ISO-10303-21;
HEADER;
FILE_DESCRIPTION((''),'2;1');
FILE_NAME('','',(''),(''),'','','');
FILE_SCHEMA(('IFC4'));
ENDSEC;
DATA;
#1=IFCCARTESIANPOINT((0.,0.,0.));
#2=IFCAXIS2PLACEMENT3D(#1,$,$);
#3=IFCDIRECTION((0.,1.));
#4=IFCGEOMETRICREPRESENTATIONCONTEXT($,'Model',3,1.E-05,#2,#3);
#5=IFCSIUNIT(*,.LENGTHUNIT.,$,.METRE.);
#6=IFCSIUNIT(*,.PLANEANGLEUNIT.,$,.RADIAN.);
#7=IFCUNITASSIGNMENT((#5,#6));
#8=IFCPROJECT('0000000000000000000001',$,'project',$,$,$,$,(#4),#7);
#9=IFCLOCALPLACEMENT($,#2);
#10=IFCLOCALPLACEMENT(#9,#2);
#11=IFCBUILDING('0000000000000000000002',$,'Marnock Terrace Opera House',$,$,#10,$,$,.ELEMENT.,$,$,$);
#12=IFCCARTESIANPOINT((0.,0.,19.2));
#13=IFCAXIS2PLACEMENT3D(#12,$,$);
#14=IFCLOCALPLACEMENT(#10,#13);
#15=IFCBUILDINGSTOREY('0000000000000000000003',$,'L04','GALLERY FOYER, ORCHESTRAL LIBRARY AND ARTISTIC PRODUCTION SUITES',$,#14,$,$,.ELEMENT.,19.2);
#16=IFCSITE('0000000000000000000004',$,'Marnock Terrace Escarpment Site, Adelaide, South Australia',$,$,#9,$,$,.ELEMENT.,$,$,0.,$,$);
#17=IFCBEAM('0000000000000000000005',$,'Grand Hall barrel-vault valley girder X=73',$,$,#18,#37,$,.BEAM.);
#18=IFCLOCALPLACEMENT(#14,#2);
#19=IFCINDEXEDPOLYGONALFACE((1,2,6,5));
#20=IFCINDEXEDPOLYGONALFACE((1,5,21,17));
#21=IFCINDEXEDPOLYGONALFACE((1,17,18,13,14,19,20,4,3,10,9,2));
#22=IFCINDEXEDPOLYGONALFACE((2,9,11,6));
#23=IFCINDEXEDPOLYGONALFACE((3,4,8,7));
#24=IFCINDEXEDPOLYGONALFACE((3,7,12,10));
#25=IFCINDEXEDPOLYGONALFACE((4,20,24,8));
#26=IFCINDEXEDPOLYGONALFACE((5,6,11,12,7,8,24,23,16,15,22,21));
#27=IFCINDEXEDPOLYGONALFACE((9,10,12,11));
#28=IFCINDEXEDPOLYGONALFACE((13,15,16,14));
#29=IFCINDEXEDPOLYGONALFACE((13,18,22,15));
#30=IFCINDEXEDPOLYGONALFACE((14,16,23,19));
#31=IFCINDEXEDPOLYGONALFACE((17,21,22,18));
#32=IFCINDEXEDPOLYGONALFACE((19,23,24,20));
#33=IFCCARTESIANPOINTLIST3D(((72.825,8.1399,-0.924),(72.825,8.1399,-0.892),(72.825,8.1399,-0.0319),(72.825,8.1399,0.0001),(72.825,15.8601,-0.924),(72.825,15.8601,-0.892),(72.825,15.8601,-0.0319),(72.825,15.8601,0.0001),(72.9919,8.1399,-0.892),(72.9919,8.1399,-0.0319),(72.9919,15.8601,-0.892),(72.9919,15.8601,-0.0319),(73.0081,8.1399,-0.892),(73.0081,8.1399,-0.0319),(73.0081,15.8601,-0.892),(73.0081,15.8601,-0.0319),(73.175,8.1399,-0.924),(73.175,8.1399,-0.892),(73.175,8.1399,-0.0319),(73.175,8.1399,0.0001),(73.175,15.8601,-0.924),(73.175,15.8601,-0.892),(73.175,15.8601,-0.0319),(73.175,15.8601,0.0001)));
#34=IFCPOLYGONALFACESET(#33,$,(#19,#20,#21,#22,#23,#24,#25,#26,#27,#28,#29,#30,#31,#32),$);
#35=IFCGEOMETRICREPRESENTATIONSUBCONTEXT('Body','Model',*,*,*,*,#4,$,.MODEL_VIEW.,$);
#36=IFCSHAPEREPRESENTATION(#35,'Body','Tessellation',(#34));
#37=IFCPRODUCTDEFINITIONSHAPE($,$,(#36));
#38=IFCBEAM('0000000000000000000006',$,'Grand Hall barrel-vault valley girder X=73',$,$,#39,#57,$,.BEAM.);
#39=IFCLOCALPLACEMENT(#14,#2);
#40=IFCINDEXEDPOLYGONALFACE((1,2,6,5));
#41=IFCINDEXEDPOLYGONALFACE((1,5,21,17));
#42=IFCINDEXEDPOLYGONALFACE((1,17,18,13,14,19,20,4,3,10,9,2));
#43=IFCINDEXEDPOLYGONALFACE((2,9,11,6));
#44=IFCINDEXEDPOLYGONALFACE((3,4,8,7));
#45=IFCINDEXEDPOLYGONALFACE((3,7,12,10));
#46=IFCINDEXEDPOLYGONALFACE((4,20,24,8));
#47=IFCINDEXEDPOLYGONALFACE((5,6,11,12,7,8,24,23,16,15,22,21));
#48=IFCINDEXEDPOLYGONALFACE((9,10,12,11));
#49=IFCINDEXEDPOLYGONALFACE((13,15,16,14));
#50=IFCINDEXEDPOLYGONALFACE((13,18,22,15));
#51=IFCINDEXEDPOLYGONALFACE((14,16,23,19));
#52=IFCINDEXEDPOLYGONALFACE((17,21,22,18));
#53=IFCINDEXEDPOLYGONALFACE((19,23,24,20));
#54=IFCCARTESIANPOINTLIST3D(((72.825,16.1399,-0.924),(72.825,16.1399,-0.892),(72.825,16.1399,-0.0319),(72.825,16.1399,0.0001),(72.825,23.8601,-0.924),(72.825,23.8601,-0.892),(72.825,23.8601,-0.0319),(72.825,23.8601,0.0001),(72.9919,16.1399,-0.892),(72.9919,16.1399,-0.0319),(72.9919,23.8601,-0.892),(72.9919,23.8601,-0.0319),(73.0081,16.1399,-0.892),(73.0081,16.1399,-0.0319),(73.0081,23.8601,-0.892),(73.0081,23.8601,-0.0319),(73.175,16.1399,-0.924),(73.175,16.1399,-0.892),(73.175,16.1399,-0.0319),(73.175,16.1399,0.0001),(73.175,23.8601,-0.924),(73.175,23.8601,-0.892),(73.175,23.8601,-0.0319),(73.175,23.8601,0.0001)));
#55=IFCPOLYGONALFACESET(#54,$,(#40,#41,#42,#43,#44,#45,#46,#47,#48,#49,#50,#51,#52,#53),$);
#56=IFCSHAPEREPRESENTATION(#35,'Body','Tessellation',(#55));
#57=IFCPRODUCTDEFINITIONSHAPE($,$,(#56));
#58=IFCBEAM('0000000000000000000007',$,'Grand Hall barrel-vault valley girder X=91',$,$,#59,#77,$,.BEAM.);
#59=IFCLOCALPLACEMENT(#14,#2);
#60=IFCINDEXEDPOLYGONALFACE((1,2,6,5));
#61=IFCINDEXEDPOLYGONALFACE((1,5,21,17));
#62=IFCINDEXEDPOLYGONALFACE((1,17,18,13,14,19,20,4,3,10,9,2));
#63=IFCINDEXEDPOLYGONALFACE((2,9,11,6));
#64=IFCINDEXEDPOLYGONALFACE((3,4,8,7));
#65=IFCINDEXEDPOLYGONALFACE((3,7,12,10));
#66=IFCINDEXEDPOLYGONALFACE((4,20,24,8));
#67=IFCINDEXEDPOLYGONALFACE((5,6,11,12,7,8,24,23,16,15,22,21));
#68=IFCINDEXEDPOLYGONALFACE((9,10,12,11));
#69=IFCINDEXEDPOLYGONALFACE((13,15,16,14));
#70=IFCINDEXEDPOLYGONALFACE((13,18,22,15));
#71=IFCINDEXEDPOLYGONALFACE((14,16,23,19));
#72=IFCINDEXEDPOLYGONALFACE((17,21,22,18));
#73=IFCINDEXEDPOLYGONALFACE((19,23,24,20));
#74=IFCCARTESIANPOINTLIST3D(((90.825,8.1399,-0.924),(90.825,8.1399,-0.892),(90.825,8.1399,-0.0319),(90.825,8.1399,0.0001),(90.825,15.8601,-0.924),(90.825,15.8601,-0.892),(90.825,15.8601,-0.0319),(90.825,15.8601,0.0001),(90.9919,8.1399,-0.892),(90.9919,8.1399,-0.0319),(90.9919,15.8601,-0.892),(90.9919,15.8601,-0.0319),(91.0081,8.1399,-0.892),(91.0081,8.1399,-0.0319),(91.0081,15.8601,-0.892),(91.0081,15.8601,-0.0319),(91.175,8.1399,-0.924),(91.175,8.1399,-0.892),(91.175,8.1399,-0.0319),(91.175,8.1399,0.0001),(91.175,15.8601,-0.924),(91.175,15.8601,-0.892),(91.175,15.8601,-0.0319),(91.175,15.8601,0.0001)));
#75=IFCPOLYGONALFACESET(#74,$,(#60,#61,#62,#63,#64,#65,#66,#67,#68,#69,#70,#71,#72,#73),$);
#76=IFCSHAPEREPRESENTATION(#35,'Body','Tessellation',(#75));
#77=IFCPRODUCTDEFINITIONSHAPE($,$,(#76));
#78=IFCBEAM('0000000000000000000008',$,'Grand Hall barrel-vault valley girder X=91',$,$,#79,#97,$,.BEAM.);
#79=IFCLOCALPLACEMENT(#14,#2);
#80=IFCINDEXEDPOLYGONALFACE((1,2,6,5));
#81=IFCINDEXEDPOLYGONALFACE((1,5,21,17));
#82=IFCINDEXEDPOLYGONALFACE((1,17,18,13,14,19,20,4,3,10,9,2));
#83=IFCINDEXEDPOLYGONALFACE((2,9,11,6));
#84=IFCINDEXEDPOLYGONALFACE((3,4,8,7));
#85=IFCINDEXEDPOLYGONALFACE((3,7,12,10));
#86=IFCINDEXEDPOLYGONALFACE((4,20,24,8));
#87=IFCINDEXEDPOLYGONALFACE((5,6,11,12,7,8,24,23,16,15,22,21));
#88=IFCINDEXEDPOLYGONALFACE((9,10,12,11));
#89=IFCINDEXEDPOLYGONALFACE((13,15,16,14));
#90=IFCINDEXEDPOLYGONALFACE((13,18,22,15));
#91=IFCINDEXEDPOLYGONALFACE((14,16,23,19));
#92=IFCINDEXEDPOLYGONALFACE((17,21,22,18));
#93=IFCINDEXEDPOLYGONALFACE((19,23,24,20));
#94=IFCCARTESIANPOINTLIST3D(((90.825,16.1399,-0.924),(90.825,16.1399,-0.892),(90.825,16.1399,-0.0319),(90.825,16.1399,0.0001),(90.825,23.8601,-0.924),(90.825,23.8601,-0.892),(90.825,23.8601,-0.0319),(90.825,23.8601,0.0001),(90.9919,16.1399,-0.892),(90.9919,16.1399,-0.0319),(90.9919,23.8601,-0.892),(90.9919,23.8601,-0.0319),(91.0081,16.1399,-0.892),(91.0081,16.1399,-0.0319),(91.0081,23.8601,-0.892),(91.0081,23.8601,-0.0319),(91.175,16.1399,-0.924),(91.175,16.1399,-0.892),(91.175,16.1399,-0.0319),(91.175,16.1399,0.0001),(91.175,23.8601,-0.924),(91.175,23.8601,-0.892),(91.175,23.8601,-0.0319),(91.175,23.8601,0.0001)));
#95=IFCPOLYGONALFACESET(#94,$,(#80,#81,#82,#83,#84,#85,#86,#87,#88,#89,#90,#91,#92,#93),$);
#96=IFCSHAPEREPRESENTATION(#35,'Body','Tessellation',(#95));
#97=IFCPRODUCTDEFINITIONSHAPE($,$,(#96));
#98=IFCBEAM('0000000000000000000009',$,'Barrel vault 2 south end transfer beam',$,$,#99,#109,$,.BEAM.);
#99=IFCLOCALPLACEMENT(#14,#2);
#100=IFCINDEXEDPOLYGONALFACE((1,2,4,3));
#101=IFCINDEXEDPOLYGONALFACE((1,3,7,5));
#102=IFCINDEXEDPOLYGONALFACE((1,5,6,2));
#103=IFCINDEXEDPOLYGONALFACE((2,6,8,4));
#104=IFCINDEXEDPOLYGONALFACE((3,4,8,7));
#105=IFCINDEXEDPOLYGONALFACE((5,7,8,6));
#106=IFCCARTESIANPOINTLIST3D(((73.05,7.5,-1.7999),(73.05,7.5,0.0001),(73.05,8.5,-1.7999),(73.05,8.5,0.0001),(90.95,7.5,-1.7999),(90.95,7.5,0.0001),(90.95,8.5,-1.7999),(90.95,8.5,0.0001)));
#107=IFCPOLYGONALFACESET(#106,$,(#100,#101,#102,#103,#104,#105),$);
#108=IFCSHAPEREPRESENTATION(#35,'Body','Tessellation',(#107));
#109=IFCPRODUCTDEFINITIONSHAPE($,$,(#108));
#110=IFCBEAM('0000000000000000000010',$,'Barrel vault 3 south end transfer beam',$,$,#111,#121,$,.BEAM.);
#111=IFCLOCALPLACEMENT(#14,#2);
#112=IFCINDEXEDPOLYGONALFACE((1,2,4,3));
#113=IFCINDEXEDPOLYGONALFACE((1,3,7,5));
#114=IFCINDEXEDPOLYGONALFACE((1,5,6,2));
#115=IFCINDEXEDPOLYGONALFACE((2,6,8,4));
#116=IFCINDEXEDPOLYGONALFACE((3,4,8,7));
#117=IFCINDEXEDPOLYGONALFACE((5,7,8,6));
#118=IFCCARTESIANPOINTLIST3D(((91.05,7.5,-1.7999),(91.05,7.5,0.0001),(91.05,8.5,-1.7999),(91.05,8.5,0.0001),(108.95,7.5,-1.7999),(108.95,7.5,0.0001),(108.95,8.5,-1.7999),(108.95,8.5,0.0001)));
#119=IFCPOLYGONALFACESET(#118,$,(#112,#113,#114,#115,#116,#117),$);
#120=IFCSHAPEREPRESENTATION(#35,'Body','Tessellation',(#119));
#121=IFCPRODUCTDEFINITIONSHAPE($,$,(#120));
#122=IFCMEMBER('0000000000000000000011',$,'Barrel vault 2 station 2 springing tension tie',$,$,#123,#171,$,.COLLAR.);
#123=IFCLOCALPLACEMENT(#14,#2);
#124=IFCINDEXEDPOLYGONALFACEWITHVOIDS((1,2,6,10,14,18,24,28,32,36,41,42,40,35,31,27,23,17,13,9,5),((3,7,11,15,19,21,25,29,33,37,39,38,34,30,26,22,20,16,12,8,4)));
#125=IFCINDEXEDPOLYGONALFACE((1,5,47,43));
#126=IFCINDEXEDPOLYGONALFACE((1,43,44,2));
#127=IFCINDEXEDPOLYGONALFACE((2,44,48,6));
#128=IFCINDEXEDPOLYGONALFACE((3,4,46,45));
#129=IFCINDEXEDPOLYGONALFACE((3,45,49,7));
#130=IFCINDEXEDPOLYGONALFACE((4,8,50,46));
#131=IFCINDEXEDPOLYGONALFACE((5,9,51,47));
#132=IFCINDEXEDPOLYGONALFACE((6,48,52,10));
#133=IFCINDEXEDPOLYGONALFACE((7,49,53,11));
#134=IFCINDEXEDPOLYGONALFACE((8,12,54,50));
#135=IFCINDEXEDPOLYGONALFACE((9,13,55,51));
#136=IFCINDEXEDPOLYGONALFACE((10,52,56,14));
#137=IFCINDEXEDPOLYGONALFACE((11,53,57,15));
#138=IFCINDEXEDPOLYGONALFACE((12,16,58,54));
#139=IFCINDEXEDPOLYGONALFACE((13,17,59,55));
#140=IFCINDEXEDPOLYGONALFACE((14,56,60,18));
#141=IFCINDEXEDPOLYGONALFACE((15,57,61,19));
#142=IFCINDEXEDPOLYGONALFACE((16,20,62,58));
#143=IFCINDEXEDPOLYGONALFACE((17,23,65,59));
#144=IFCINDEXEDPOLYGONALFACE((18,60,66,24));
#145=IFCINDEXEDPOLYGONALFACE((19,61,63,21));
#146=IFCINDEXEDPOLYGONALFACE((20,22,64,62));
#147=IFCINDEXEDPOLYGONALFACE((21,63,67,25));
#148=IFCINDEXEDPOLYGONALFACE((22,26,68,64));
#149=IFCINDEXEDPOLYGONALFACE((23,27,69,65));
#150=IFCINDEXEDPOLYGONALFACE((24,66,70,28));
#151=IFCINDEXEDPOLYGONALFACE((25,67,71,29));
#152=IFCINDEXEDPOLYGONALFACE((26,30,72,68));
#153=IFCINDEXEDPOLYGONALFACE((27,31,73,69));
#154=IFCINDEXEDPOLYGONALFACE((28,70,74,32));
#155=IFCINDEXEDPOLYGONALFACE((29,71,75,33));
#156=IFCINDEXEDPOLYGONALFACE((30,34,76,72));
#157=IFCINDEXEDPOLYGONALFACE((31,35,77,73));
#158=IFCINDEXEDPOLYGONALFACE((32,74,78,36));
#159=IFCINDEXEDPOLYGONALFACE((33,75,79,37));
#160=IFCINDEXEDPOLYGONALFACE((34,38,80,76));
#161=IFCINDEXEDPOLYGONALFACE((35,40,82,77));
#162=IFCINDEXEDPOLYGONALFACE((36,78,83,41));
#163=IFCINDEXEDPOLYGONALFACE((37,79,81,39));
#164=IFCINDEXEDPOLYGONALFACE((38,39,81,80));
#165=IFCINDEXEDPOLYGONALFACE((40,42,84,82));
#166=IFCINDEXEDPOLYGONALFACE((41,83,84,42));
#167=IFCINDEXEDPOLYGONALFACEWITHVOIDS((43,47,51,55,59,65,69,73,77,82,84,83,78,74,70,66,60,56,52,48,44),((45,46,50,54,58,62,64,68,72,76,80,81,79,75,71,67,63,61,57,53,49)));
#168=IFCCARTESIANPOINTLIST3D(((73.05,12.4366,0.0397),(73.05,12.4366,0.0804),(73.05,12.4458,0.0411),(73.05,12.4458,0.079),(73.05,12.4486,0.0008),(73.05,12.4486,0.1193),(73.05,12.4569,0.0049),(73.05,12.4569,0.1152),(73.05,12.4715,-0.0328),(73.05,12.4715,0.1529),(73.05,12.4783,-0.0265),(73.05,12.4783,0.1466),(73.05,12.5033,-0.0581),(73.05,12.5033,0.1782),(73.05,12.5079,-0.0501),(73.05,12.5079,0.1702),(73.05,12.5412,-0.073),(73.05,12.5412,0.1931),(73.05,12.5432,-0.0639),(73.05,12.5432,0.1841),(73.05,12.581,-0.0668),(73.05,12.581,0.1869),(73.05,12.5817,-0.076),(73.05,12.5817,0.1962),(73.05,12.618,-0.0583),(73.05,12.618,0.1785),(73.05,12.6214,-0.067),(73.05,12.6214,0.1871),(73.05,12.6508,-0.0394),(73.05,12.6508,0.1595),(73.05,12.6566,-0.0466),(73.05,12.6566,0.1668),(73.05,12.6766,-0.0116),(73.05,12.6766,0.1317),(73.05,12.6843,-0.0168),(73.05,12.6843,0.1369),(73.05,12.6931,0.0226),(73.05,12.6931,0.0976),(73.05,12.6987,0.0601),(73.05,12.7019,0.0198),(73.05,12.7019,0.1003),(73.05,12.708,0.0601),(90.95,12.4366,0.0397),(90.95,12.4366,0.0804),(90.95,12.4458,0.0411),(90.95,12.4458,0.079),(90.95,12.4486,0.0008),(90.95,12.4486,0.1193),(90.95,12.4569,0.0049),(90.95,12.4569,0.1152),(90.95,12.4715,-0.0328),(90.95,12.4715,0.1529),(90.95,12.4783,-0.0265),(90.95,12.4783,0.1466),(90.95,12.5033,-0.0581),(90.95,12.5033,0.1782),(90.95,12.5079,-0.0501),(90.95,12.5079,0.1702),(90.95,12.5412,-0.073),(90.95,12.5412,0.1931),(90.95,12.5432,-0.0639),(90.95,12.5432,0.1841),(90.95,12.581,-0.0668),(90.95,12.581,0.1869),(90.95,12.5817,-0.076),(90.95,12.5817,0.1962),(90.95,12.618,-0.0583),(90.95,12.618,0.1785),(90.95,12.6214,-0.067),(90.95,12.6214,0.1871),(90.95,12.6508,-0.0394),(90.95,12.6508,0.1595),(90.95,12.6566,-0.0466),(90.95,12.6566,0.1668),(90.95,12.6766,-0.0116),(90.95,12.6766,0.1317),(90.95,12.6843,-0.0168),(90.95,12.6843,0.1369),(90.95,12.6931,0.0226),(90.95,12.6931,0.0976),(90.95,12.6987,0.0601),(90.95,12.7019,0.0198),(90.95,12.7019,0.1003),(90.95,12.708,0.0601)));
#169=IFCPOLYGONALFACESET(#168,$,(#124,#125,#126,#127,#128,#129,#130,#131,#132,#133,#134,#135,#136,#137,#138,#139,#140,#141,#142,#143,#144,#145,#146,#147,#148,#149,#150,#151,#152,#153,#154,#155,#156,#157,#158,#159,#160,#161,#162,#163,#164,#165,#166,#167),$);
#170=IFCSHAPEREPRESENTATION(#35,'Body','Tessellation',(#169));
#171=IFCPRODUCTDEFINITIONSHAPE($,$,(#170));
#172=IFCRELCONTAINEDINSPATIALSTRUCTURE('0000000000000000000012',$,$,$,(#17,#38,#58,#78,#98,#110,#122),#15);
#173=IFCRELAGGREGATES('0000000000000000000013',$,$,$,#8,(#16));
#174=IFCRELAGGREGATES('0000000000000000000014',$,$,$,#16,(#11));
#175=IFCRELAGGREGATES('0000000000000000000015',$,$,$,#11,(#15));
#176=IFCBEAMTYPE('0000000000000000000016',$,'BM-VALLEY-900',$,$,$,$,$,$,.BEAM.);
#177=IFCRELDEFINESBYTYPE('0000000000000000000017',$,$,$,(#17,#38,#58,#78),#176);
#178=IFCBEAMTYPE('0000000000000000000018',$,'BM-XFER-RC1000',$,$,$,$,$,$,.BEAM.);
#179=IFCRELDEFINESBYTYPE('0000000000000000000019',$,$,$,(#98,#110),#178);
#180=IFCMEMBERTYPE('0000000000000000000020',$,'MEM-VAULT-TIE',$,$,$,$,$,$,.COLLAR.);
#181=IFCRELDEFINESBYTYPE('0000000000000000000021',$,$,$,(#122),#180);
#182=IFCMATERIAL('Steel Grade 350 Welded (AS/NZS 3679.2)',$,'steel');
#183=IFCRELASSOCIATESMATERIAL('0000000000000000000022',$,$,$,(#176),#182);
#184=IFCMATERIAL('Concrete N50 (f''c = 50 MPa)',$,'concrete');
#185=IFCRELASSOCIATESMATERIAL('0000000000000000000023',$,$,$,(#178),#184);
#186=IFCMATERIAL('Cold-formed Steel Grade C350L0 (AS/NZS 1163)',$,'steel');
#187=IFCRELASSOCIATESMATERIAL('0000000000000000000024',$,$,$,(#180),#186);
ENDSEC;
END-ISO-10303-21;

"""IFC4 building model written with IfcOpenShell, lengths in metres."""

from ifc_helpers import new_model, si_unit, direction, frame, origin, origin_2d, place, context, subcontext, project, spatial, rectangle, hollow_circle, i_section, extrude, material, material_profile, profile_set, type_object, element, save


model = new_model("IFC4")

# Units and contexts
model_context = context("Model", 3, precision=1e-05, world=origin(), true_north=direction((0.0, 1.0)))
body_context = subcontext(model_context, "Body", "Model", "MODEL_VIEW")
ifc_project = project(units=[si_unit("LENGTHUNIT", "METRE"), si_unit("PLANEANGLEUNIT", "RADIAN")], contexts=[model_context])

# Site, building, storey
site_placement = place(None, origin())
site = spatial("IfcSite", under=ifc_project, at=site_placement, Name="Marnock Terrace Escarpment Site, Adelaide, South Australia", CompositionType="ELEMENT", RefElevation=0.0)
building_placement = place(site_placement, origin())
building = spatial("IfcBuilding", under=site, at=building_placement, Name="Marnock Terrace Opera House", CompositionType="ELEMENT")
storey_placement = place(building_placement, frame((0.0, 0.0, 19.2)))
storey = spatial("IfcBuildingStorey", under=building, at=storey_placement, Name="L04", Description="GALLERY FOYER, ORCHESTRAL LIBRARY AND ARTISTIC PRODUCTION SUITES", CompositionType="ELEMENT", Elevation=19.2)

# Beams
ifc_material_1 = material(Name="Steel Grade 350 Welded (AS/NZS 3679.2)", Category="steel")
ifc_material_profile_1 = material_profile(ifc_material_1, i_section(OverallWidth=0.3501, OverallDepth=0.9241, WebThickness=0.0161, FlangeThickness=0.032, at=origin_2d()))
ifc_profile_set_1 = profile_set([ifc_material_profile_1], Name="Steel Grade 350 Welded (AS/NZS 3679.2)")
beam_type_1 = type_object("IfcBeamType", Name="BM-VALLEY-900", PredefinedType="BEAM", material=ifc_profile_set_1)
for number, where, z_axis, x_axis, name in (
    (1, (73.0, 8.1399, -0.4619), (0.0, 1.0, 0.0), (-1.0, 0.0, 0.0), "Grand Hall barrel-vault valley girder X=73"),
    (2, (73.0, 16.1399, -0.4619), (0.0, 1.0, 0.0), (-1.0, 0.0, 0.0), "Grand Hall barrel-vault valley girder X=73"),
    (3, (91.0, 8.1399, -0.4619), (0.0, 1.0, 0.0), (-1.0, 0.0, 0.0), "Grand Hall barrel-vault valley girder X=91"),
    (4, (91.0, 16.1399, -0.4619), (0.0, 1.0, 0.0), (-1.0, 0.0, 0.0), "Grand Hall barrel-vault valley girder X=91"),
):
    element("IfcBeam", number, at=place(storey_placement, frame(where, z_axis=z_axis, x_axis=x_axis)), inside=storey, type_object=beam_type_1, Name=name, PredefinedType="BEAM", context=body_context, shape_type="SweptSolid", body=[
        extrude(i_section(OverallWidth=0.3501, OverallDepth=0.9241, WebThickness=0.0161, FlangeThickness=0.032, at=origin_2d()), origin(), (0.0, 0.0, 1.0), 7.7202),
    ])
ifc_material_2 = material(Name="Concrete N50 (f'c = 50 MPa)", Category="concrete")
ifc_material_profile_2 = material_profile(ifc_material_2, rectangle(XDim=1.0, YDim=1.8, at=origin_2d()))
ifc_profile_set_2 = profile_set([ifc_material_profile_2], Name="Concrete N50 (f'c = 50 MPa)")
beam_type_2 = type_object("IfcBeamType", Name="BM-XFER-RC1000", PredefinedType="BEAM", material=ifc_profile_set_2)
for number, where, z_axis, x_axis, name in (
    (5, (73.05, 8.0, -0.8999), (1.0, 0.0, 0.0), (0.0, 1.0, 0.0), "Barrel vault 2 south end transfer beam"),
    (6, (91.05, 8.0, -0.8999), (1.0, 0.0, 0.0), (0.0, 1.0, 0.0), "Barrel vault 3 south end transfer beam"),
):
    element("IfcBeam", number, at=place(storey_placement, frame(where, z_axis=z_axis, x_axis=x_axis)), inside=storey, type_object=beam_type_2, Name=name, PredefinedType="BEAM", context=body_context, shape_type="SweptSolid", body=[
        extrude(rectangle(XDim=1.0, YDim=1.8, at=origin_2d()), origin(), (0.0, 0.0, 1.0), 17.8999),
    ])

# Member
ifc_material_3 = material(Name="Cold-formed Steel Grade C350L0 (AS/NZS 1163)", Category="steel")
ifc_material_profile_3 = material_profile(ifc_material_3, hollow_circle(Radius=0.1365, WallThickness=0.0093, at=origin_2d()))
ifc_profile_set_3 = profile_set([ifc_material_profile_3], Name="Cold-formed Steel Grade C350L0 (AS/NZS 1163)")
member_type = type_object("IfcMemberType", Name="MEM-VAULT-TIE", PredefinedType="COLLAR", material=ifc_profile_set_3)
for number, where, z_axis, x_axis, name in (
    (7, (73.05, 12.5715, 0.0601), (1.0, 0.0, 0.0), (0.0, 1.0, 0.0), "Barrel vault 2 station 2 springing tension tie"),
):
    element("IfcMember", number, at=place(storey_placement, frame(where, z_axis=z_axis, x_axis=x_axis)), inside=storey, type_object=member_type, Name=name, PredefinedType="COLLAR", context=body_context, shape_type="SweptSolid", body=[
        extrude(hollow_circle(Radius=0.1365, WallThickness=0.0093, at=origin_2d()), origin(), (0.0, 0.0, 1.0), 17.8999),
    ])

save(model, "model.ifc")
